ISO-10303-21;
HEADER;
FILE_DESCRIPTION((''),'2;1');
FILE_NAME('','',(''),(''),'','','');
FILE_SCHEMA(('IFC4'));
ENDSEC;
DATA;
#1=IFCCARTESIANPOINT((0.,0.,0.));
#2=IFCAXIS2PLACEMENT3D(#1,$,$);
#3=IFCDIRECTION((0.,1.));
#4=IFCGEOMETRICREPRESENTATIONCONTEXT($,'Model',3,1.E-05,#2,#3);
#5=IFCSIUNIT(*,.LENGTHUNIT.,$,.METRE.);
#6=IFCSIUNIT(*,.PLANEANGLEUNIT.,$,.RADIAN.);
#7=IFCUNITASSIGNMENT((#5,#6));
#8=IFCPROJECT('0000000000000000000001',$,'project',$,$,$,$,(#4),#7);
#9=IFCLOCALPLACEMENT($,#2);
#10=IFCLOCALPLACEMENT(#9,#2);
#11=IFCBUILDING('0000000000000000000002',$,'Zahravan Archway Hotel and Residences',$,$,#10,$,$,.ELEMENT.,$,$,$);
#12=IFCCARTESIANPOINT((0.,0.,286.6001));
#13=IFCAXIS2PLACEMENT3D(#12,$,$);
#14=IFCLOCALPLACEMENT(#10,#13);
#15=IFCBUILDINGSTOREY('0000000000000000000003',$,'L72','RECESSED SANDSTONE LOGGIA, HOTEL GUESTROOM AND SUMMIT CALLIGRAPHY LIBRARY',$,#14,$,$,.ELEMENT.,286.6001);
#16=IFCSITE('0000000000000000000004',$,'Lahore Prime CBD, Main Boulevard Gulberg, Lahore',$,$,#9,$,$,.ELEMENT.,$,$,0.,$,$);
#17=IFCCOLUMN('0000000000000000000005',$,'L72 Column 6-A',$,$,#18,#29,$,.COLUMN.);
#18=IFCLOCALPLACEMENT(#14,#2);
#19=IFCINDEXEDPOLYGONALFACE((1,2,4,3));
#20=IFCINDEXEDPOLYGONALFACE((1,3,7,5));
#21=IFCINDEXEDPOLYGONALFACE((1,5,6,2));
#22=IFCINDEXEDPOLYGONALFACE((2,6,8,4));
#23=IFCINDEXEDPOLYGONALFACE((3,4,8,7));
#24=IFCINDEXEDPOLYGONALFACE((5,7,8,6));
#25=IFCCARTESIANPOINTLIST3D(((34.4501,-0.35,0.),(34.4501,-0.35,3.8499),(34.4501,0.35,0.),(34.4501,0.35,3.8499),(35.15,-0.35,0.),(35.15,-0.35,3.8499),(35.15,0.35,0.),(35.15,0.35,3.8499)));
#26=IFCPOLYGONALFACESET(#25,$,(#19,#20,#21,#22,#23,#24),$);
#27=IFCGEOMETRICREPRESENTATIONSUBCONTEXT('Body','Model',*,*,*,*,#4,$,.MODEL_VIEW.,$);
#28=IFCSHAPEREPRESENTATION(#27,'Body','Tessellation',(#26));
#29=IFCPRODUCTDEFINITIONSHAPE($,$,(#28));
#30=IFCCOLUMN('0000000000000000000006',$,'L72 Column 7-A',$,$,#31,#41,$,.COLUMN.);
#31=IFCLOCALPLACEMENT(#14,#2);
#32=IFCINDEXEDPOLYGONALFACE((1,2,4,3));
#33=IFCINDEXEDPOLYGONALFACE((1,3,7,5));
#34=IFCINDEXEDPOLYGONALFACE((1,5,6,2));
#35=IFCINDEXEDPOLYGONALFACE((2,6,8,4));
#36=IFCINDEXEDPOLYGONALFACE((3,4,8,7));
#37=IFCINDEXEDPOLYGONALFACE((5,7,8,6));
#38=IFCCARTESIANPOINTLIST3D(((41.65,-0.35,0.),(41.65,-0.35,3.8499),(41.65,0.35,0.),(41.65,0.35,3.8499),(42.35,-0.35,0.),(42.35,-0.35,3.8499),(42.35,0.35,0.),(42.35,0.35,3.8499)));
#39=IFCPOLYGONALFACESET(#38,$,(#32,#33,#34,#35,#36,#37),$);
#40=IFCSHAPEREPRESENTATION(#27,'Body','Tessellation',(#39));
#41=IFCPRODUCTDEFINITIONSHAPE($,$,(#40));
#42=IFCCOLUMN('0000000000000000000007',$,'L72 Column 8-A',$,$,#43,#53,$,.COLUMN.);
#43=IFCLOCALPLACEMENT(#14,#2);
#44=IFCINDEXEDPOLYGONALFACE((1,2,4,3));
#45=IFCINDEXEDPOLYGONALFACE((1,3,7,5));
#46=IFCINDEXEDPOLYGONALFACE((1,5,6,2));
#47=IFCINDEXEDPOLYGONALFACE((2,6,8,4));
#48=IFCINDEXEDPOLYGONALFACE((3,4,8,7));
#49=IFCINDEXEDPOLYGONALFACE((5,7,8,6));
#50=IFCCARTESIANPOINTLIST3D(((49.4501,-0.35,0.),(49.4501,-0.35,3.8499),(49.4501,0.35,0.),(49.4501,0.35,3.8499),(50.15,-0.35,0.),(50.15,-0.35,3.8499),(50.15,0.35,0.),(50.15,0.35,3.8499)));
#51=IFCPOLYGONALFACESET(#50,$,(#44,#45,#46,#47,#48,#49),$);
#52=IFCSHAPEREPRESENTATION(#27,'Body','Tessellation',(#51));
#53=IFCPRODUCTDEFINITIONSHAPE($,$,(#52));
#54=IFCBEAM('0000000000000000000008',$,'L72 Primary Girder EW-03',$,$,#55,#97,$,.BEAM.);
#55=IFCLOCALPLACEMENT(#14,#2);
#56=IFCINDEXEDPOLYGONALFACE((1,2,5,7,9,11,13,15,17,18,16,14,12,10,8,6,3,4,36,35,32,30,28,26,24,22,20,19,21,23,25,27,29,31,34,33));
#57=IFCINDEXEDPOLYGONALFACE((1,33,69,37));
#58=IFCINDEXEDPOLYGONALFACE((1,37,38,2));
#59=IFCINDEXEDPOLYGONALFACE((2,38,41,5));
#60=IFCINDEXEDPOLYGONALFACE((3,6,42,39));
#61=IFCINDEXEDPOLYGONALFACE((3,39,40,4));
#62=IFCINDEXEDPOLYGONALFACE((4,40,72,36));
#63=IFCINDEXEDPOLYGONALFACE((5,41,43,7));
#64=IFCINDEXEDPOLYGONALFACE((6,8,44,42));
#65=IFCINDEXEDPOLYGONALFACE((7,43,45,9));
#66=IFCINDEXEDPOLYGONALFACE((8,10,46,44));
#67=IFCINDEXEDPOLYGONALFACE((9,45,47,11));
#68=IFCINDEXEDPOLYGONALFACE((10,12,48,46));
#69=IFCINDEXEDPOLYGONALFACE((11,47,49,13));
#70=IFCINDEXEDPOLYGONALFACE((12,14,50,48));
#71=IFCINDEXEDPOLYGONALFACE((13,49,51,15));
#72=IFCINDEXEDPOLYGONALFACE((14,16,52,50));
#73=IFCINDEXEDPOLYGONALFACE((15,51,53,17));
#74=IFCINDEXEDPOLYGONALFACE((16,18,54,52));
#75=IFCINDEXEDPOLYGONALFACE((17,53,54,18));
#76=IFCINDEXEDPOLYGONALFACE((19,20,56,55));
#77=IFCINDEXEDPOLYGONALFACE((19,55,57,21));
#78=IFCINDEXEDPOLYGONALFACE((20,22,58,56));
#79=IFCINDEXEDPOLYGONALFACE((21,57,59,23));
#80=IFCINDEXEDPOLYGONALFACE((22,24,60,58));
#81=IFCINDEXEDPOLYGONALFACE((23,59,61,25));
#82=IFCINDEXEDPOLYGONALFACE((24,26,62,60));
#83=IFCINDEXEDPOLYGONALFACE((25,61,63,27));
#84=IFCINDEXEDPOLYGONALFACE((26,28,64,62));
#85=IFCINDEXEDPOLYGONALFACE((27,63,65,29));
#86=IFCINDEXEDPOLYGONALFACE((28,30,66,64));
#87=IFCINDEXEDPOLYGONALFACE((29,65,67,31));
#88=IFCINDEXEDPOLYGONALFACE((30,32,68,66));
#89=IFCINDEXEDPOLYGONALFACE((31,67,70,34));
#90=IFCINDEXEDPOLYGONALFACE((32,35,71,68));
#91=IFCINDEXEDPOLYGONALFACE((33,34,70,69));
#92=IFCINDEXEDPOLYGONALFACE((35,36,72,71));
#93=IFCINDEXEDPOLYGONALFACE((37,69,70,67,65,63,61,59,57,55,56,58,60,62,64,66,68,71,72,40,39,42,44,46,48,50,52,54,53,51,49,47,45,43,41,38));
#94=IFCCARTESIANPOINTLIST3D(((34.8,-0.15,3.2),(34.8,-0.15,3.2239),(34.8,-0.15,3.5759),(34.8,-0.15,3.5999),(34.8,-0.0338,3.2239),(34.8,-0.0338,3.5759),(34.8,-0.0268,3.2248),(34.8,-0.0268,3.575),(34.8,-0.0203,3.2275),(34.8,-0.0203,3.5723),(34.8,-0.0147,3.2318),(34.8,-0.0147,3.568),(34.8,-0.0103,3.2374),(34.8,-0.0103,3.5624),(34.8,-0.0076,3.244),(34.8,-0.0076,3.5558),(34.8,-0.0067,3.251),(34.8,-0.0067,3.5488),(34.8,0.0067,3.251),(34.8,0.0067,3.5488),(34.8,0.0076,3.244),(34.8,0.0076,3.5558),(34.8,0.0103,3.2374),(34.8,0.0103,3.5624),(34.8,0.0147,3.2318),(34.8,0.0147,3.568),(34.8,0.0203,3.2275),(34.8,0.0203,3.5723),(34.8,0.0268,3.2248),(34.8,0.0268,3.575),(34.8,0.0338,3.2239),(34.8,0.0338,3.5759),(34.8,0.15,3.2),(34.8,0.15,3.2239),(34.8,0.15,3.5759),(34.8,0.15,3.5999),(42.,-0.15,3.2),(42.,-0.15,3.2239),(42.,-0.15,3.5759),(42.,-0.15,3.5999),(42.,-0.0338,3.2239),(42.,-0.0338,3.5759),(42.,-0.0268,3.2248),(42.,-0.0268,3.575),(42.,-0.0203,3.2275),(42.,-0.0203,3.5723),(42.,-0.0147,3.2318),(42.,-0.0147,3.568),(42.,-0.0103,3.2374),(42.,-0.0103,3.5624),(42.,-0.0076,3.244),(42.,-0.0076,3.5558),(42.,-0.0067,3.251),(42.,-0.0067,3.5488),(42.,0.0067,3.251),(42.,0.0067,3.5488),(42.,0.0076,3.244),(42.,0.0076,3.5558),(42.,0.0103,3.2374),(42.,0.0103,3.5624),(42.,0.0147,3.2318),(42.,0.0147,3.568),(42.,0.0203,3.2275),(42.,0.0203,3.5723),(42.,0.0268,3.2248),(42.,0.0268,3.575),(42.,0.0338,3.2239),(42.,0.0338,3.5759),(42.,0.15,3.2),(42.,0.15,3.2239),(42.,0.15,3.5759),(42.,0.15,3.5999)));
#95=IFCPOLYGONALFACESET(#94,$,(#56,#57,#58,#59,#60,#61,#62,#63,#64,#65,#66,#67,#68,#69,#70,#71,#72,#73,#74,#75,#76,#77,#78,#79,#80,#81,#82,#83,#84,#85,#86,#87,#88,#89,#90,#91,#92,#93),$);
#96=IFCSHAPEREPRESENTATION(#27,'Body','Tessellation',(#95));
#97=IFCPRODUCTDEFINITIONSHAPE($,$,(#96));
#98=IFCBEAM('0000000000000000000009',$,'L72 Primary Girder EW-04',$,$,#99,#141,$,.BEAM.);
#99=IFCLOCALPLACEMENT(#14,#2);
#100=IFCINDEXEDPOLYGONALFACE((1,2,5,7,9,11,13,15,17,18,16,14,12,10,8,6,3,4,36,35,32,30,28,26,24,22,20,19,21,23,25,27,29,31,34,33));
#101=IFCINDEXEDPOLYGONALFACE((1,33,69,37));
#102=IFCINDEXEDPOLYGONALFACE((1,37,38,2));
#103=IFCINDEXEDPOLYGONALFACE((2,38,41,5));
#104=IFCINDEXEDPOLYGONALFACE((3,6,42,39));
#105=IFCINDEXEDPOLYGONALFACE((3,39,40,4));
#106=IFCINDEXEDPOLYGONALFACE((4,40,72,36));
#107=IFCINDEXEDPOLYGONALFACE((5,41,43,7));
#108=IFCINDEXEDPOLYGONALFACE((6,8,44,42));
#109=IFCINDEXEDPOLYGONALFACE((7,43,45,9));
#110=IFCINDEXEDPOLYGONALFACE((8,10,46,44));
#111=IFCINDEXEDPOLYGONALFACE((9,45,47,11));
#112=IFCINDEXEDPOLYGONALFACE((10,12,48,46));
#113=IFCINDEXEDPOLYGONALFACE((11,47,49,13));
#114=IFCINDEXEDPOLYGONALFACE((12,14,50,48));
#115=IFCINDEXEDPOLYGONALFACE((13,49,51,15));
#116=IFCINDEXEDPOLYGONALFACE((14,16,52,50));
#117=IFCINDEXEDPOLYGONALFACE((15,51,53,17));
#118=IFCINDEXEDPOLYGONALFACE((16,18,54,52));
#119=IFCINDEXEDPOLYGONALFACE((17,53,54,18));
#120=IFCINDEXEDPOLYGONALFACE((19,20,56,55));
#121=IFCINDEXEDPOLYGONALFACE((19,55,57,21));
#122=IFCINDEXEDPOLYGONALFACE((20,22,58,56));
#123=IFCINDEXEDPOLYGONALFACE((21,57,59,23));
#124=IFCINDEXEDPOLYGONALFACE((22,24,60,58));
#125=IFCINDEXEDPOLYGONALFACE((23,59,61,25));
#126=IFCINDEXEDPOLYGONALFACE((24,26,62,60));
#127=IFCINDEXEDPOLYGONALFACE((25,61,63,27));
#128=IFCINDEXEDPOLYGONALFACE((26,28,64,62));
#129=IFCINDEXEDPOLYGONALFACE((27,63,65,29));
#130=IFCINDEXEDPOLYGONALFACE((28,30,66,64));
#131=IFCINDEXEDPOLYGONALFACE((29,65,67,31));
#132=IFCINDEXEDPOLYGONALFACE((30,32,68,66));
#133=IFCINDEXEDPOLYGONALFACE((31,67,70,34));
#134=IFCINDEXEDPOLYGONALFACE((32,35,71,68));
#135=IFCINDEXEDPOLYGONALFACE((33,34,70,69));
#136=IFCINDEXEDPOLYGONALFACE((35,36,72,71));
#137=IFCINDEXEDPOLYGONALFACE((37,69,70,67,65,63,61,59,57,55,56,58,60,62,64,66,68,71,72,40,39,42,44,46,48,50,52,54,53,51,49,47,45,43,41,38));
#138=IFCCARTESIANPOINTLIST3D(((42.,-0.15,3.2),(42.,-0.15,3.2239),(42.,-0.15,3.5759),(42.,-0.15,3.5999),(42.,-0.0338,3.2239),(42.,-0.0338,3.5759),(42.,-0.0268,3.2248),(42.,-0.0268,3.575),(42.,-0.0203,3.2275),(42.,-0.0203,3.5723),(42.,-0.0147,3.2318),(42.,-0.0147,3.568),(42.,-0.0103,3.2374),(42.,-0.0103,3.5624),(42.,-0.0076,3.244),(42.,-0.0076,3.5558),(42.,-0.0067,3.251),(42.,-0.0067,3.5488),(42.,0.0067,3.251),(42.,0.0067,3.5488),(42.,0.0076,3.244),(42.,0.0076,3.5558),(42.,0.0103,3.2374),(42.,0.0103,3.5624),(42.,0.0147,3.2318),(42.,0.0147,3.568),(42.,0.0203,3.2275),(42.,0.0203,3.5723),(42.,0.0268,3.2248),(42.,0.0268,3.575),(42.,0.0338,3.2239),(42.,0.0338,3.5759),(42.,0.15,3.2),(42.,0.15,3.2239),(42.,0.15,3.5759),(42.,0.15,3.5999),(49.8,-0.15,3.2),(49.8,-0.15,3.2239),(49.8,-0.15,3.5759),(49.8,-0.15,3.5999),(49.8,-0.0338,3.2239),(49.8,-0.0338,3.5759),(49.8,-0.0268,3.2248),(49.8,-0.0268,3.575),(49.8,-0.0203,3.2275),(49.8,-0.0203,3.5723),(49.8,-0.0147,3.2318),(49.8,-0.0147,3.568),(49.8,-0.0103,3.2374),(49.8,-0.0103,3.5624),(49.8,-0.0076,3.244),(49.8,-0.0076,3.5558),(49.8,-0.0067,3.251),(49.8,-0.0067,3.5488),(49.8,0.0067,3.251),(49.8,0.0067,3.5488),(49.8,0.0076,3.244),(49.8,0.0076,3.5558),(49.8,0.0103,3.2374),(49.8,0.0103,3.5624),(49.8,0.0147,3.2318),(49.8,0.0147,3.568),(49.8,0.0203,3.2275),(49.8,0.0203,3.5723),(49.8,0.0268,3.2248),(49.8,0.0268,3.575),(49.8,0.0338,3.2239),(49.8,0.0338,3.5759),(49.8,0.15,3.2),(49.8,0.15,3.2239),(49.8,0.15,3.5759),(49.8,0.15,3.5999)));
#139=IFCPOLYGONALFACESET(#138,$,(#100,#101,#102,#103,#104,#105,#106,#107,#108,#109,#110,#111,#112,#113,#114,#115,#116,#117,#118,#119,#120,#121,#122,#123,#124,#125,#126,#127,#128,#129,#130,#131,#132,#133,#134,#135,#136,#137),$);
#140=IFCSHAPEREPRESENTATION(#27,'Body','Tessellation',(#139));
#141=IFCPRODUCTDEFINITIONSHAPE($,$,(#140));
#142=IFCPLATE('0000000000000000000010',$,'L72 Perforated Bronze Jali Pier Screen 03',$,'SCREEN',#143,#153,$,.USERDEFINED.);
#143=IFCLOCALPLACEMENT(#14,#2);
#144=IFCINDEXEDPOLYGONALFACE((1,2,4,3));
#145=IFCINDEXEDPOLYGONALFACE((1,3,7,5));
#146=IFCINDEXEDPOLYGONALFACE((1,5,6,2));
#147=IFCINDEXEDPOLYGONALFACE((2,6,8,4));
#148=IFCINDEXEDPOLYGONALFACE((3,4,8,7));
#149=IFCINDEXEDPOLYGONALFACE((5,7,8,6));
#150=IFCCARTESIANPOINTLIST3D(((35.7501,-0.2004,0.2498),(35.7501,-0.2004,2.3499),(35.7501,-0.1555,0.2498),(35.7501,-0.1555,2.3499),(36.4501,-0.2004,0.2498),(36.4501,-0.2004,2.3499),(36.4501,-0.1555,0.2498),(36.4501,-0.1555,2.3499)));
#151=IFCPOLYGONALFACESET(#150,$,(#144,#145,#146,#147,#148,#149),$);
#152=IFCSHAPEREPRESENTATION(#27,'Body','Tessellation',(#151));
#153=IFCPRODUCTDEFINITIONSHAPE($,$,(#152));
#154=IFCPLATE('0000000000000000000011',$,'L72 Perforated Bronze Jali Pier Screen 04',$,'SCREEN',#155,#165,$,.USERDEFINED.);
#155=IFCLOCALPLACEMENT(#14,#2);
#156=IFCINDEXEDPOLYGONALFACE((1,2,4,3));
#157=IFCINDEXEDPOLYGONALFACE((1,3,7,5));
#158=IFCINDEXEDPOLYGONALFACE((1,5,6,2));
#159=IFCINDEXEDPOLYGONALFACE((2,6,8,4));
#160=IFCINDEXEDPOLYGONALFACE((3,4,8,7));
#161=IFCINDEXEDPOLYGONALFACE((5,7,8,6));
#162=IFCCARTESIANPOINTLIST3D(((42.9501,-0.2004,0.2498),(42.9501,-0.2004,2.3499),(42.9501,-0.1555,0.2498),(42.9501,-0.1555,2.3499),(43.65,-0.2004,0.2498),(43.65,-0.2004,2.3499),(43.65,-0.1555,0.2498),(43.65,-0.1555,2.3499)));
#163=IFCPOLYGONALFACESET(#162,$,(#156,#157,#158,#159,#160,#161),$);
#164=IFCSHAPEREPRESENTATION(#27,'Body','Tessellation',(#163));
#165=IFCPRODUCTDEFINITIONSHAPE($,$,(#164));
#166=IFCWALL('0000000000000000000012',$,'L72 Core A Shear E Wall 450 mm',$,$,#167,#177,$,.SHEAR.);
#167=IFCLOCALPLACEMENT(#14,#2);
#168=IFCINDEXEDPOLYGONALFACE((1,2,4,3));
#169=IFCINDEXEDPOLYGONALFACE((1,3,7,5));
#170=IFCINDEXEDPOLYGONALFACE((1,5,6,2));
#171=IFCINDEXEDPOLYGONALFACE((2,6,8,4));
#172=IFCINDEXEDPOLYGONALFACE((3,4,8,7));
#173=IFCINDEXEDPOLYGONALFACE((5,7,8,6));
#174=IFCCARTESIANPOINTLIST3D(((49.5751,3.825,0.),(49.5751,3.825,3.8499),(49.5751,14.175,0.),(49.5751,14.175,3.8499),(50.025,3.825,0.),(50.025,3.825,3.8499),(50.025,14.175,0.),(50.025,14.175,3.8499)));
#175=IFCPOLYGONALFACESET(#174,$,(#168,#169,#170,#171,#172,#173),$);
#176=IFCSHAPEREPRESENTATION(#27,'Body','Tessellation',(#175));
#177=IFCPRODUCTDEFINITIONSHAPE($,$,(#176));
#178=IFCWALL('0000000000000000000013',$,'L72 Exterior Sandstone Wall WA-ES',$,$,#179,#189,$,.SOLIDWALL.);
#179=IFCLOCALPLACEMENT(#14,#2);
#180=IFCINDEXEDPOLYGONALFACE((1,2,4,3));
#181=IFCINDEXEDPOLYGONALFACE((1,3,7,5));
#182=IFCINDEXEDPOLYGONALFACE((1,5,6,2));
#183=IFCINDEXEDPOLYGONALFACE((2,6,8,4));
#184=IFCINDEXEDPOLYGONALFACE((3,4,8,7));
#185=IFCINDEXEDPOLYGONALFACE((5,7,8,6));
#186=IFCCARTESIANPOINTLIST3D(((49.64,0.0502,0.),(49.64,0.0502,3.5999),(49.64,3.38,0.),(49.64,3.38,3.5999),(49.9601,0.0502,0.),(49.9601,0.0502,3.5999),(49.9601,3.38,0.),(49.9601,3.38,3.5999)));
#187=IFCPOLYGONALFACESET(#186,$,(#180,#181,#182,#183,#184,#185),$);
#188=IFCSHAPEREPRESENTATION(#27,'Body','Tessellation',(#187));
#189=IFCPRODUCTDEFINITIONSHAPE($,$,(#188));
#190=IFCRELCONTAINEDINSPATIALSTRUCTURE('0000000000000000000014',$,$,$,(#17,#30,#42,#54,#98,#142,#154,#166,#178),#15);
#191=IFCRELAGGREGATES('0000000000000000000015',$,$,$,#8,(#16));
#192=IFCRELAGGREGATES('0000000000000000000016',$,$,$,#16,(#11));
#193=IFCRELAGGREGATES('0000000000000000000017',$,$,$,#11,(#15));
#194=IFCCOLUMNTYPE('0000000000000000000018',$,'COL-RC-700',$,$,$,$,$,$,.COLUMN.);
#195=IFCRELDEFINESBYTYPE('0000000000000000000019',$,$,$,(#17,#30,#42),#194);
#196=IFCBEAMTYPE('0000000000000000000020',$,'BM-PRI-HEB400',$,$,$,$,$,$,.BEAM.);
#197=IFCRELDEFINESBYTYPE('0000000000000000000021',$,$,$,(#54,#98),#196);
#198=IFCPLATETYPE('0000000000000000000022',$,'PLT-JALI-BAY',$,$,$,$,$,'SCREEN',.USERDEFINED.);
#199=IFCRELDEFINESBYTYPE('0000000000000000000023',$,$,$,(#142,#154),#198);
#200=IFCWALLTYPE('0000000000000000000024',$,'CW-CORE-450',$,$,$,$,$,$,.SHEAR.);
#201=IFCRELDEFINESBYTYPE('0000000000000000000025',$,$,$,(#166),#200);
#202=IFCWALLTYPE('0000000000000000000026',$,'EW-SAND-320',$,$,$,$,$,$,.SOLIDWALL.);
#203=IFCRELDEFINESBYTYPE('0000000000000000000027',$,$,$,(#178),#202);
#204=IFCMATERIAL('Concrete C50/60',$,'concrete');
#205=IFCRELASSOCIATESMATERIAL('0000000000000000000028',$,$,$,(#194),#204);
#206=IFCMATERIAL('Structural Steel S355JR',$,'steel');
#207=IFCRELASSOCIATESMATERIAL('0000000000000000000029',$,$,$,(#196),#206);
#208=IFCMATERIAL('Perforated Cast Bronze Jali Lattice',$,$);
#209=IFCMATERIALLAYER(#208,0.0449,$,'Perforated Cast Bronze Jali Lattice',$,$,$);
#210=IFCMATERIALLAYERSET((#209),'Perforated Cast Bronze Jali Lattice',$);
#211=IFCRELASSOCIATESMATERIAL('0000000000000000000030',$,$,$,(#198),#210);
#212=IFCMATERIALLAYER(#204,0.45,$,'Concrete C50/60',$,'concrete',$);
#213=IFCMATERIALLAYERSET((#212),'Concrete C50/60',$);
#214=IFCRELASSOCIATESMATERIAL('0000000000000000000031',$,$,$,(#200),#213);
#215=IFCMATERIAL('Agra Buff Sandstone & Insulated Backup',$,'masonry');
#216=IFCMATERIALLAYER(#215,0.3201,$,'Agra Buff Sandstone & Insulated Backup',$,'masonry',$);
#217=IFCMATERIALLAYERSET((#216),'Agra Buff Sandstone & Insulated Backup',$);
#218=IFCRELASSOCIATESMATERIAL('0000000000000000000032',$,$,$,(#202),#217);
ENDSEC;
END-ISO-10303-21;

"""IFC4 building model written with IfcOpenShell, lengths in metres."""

from ifc_helpers import new_model, si_unit, direction, frame, frame_2d, origin, origin_2d, place, context, subcontext, project, spatial, rectangle, i_section, extrude, source, transform, mapped, material, layer, layer_set, material_profile, profile_set, type_object, type_shapes, element, save


model = new_model("IFC4")

# Units and contexts
model_context = context("Model", 3, precision=1e-05, world=origin(), true_north=direction((0.0, 1.0)))
body_context = subcontext(model_context, "Body", "Model", "MODEL_VIEW")
ifc_project = project(units=[si_unit("LENGTHUNIT", "METRE"), si_unit("PLANEANGLEUNIT", "RADIAN")], contexts=[model_context])

# Site, building, storey
site_placement = place(None, origin())
site = spatial("IfcSite", under=ifc_project, at=site_placement, Name="Lahore Prime CBD, Main Boulevard Gulberg, Lahore", CompositionType="ELEMENT", RefElevation=0.0)
building_placement = place(site_placement, origin())
building = spatial("IfcBuilding", under=site, at=building_placement, Name="Zahravan Archway Hotel and Residences", CompositionType="ELEMENT")
storey_placement = place(building_placement, frame((0.0, 0.0, 286.6001)))
storey = spatial("IfcBuildingStorey", under=building, at=storey_placement, Name="L72", Description="RECESSED SANDSTONE LOGGIA, HOTEL GUESTROOM AND SUMMIT CALLIGRAPHY LIBRARY", CompositionType="ELEMENT", Elevation=286.6001)

# Columns
ifc_material_1 = material(Name="Concrete C50/60", Category="concrete")
ifc_material_profile_1 = material_profile(ifc_material_1, rectangle(XDim=0.7, YDim=0.7, at=origin_2d()), Name="RC-COL-700x700", Category="concrete")
ifc_profile_set_1 = profile_set([ifc_material_profile_1], Name="Concrete C50/60")
column_type = type_object("IfcColumnType", Name="COL-RC-700", PredefinedType="COLUMN", material=ifc_profile_set_1)
shared_shape_1 = source(origin(), body_context, "Body", "SweptSolid", [
    extrude(rectangle(XDim=0.7, YDim=0.7, at=origin_2d()), origin(), (0.0, 0.0, 1.0), 3.8499),
])
type_shapes(column_type, [shared_shape_1])
for number, where, z_axis, x_axis, name in (
    (1, (34.8, 0.0, 0.0), (0.0, 0.0, 1.0), (1.0, 0.0, 0.0), "L72 Column 6-A"),
    (2, (42.0, 0.0, 0.0), (0.0, 0.0, 1.0), (1.0, 0.0, 0.0), "L72 Column 7-A"),
    (3, (49.8, 0.0, 0.0), (0.0, 0.0, 1.0), (1.0, 0.0, 0.0), "L72 Column 8-A"),
):
    element("IfcColumn", number, at=place(storey_placement, frame(where, z_axis=z_axis, x_axis=x_axis)), inside=storey, type_object=column_type, Name=name, PredefinedType="COLUMN", context=body_context, shape_type="MappedRepresentation", body=[
        mapped(shared_shape_1, transform((0.0, 0.0, 0.0), scale=1.0)),
    ])

# Beams
ifc_material_2 = material(Name="Structural Steel S355JR", Category="steel")
ifc_material_profile_2 = material_profile(ifc_material_2, i_section(OverallWidth=0.3, OverallDepth=0.3999, WebThickness=0.0134, FlangeThickness=0.0239, FilletRadius=0.0271, at=origin_2d()), Name="HEB 400", Category="steel")
ifc_profile_set_2 = profile_set([ifc_material_profile_2], Name="Structural Steel S355JR")
beam_type = type_object("IfcBeamType", Name="BM-PRI-HEB400", PredefinedType="BEAM", material=ifc_profile_set_2)
shared_shape_2 = source(origin(), body_context, "Body", "SweptSolid", [
    extrude(i_section(OverallWidth=0.3, OverallDepth=0.3999, WebThickness=0.0134, FlangeThickness=0.0239, FilletRadius=0.0271, at=origin_2d()), origin(), (0.0, 0.0, 1.0), 7.2),
])
type_shapes(beam_type, [shared_shape_2])
beam_1_placement = place(storey_placement, frame((34.8, 0.0, 3.3999), z_axis=(1.0, 0.0, 0.0), x_axis=(0.0, 1.0, 0.0)))
element("IfcBeam", 4, at=beam_1_placement, inside=storey, type_object=beam_type, Name="L72 Primary Girder EW-03", PredefinedType="BEAM", context=body_context, shape_type="MappedRepresentation", body=[
    mapped(shared_shape_2, transform((0.0, 0.0, 0.0), scale=1.0)),
])
shared_shape_3 = source(origin(), body_context, "Body", "SweptSolid", [
    extrude(i_section(OverallWidth=0.3, OverallDepth=0.3999, WebThickness=0.0134, FlangeThickness=0.0239, FilletRadius=0.0271, at=origin_2d()), origin(), (0.0, 0.0, 1.0), 7.8),
])
beam_2_placement = place(storey_placement, frame((42.0, 0.0, 3.3999), z_axis=(1.0, 0.0, 0.0), x_axis=(0.0, 1.0, 0.0)))
element("IfcBeam", 5, at=beam_2_placement, inside=storey, type_object=beam_type, Name="L72 Primary Girder EW-04", PredefinedType="BEAM", context=body_context, shape_type="MappedRepresentation", body=[
    mapped(shared_shape_3, transform((0.0, 0.0, 0.0), scale=1.0)),
])

# Plates
ifc_material_3 = material(Name="Perforated Cast Bronze Jali Lattice")
ifc_layer_1 = layer(ifc_material_3, 0.0449, Name="Perforated Cast Bronze Jali Lattice")
ifc_layer_set_1 = layer_set([ifc_layer_1], Name="Perforated Cast Bronze Jali Lattice")
plate_type = type_object("IfcPlateType", Name="PLT-JALI-BAY", ElementType="SCREEN", PredefinedType="USERDEFINED", material=ifc_layer_set_1)
shared_shape_4 = source(origin(), body_context, "Body", "SweptSolid", [
    extrude(rectangle(XDim=0.7, YDim=0.0449, at=origin_2d()), origin(), (0.0, 0.0, 1.0), 2.1001),
])
type_shapes(plate_type, [shared_shape_4])
for number, where, z_axis, x_axis, name in (
    (6, (36.1001, -0.178, 0.2498), (0.0, 0.0, 1.0), (1.0, 0.0, 0.0), "L72 Perforated Bronze Jali Pier Screen 03"),
    (7, (43.3, -0.178, 0.2498), (0.0, 0.0, 1.0), (1.0, 0.0, 0.0), "L72 Perforated Bronze Jali Pier Screen 04"),
):
    element("IfcPlate", number, at=place(storey_placement, frame(where, z_axis=z_axis, x_axis=x_axis)), inside=storey, type_object=plate_type, Name=name, ObjectType="SCREEN", PredefinedType="USERDEFINED", context=body_context, shape_type="MappedRepresentation", body=[
        mapped(shared_shape_4, transform((0.0, 0.0, 0.0), scale=1.0)),
    ])

# Walls
ifc_layer_2 = layer(ifc_material_1, 0.45, Name="Concrete C50/60", Category="concrete")
ifc_layer_set_2 = layer_set([ifc_layer_2], Name="Concrete C50/60")
wall_type_1 = type_object("IfcWallType", Name="CW-CORE-450", PredefinedType="SHEAR", material=ifc_layer_set_2)
wall_1_placement = place(storey_placement, frame((49.8, 3.825, 0.0), z_axis=(0.0, 0.0, 1.0), x_axis=(0.0, 1.0, 0.0)))
element("IfcWall", 8, at=wall_1_placement, inside=storey, type_object=wall_type_1, Name="L72 Core A Shear E Wall 450 mm", PredefinedType="SHEAR", context=body_context, shape_type="SweptSolid", body=[
    extrude(rectangle(XDim=10.3501, YDim=0.45, at=frame_2d((5.175, 0.0))), origin(), (0.0, 0.0, 1.0), 3.8499),
])
ifc_material_4 = material(Name="Agra Buff Sandstone & Insulated Backup", Category="masonry")
ifc_layer_3 = layer(ifc_material_4, 0.3201, Name="Agra Buff Sandstone & Insulated Backup", Category="masonry")
ifc_layer_set_3 = layer_set([ifc_layer_3], Name="Agra Buff Sandstone & Insulated Backup")
wall_type_2 = type_object("IfcWallType", Name="EW-SAND-320", PredefinedType="SOLIDWALL", material=ifc_layer_set_3)
wall_2_placement = place(storey_placement, frame((49.8, 0.05, 0.0), z_axis=(0.0, 0.0, 1.0), x_axis=(0.0, 1.0, 0.0)))
element("IfcWall", 9, at=wall_2_placement, inside=storey, type_object=wall_type_2, Name="L72 Exterior Sandstone Wall WA-ES", PredefinedType="SOLIDWALL", context=body_context, shape_type="SweptSolid", body=[
    extrude(rectangle(XDim=3.3298, YDim=0.3201, at=frame_2d((1.665, 0.0))), origin(), (0.0, 0.0, 1.0), 3.5999),
])

save(model, "model.ifc")
